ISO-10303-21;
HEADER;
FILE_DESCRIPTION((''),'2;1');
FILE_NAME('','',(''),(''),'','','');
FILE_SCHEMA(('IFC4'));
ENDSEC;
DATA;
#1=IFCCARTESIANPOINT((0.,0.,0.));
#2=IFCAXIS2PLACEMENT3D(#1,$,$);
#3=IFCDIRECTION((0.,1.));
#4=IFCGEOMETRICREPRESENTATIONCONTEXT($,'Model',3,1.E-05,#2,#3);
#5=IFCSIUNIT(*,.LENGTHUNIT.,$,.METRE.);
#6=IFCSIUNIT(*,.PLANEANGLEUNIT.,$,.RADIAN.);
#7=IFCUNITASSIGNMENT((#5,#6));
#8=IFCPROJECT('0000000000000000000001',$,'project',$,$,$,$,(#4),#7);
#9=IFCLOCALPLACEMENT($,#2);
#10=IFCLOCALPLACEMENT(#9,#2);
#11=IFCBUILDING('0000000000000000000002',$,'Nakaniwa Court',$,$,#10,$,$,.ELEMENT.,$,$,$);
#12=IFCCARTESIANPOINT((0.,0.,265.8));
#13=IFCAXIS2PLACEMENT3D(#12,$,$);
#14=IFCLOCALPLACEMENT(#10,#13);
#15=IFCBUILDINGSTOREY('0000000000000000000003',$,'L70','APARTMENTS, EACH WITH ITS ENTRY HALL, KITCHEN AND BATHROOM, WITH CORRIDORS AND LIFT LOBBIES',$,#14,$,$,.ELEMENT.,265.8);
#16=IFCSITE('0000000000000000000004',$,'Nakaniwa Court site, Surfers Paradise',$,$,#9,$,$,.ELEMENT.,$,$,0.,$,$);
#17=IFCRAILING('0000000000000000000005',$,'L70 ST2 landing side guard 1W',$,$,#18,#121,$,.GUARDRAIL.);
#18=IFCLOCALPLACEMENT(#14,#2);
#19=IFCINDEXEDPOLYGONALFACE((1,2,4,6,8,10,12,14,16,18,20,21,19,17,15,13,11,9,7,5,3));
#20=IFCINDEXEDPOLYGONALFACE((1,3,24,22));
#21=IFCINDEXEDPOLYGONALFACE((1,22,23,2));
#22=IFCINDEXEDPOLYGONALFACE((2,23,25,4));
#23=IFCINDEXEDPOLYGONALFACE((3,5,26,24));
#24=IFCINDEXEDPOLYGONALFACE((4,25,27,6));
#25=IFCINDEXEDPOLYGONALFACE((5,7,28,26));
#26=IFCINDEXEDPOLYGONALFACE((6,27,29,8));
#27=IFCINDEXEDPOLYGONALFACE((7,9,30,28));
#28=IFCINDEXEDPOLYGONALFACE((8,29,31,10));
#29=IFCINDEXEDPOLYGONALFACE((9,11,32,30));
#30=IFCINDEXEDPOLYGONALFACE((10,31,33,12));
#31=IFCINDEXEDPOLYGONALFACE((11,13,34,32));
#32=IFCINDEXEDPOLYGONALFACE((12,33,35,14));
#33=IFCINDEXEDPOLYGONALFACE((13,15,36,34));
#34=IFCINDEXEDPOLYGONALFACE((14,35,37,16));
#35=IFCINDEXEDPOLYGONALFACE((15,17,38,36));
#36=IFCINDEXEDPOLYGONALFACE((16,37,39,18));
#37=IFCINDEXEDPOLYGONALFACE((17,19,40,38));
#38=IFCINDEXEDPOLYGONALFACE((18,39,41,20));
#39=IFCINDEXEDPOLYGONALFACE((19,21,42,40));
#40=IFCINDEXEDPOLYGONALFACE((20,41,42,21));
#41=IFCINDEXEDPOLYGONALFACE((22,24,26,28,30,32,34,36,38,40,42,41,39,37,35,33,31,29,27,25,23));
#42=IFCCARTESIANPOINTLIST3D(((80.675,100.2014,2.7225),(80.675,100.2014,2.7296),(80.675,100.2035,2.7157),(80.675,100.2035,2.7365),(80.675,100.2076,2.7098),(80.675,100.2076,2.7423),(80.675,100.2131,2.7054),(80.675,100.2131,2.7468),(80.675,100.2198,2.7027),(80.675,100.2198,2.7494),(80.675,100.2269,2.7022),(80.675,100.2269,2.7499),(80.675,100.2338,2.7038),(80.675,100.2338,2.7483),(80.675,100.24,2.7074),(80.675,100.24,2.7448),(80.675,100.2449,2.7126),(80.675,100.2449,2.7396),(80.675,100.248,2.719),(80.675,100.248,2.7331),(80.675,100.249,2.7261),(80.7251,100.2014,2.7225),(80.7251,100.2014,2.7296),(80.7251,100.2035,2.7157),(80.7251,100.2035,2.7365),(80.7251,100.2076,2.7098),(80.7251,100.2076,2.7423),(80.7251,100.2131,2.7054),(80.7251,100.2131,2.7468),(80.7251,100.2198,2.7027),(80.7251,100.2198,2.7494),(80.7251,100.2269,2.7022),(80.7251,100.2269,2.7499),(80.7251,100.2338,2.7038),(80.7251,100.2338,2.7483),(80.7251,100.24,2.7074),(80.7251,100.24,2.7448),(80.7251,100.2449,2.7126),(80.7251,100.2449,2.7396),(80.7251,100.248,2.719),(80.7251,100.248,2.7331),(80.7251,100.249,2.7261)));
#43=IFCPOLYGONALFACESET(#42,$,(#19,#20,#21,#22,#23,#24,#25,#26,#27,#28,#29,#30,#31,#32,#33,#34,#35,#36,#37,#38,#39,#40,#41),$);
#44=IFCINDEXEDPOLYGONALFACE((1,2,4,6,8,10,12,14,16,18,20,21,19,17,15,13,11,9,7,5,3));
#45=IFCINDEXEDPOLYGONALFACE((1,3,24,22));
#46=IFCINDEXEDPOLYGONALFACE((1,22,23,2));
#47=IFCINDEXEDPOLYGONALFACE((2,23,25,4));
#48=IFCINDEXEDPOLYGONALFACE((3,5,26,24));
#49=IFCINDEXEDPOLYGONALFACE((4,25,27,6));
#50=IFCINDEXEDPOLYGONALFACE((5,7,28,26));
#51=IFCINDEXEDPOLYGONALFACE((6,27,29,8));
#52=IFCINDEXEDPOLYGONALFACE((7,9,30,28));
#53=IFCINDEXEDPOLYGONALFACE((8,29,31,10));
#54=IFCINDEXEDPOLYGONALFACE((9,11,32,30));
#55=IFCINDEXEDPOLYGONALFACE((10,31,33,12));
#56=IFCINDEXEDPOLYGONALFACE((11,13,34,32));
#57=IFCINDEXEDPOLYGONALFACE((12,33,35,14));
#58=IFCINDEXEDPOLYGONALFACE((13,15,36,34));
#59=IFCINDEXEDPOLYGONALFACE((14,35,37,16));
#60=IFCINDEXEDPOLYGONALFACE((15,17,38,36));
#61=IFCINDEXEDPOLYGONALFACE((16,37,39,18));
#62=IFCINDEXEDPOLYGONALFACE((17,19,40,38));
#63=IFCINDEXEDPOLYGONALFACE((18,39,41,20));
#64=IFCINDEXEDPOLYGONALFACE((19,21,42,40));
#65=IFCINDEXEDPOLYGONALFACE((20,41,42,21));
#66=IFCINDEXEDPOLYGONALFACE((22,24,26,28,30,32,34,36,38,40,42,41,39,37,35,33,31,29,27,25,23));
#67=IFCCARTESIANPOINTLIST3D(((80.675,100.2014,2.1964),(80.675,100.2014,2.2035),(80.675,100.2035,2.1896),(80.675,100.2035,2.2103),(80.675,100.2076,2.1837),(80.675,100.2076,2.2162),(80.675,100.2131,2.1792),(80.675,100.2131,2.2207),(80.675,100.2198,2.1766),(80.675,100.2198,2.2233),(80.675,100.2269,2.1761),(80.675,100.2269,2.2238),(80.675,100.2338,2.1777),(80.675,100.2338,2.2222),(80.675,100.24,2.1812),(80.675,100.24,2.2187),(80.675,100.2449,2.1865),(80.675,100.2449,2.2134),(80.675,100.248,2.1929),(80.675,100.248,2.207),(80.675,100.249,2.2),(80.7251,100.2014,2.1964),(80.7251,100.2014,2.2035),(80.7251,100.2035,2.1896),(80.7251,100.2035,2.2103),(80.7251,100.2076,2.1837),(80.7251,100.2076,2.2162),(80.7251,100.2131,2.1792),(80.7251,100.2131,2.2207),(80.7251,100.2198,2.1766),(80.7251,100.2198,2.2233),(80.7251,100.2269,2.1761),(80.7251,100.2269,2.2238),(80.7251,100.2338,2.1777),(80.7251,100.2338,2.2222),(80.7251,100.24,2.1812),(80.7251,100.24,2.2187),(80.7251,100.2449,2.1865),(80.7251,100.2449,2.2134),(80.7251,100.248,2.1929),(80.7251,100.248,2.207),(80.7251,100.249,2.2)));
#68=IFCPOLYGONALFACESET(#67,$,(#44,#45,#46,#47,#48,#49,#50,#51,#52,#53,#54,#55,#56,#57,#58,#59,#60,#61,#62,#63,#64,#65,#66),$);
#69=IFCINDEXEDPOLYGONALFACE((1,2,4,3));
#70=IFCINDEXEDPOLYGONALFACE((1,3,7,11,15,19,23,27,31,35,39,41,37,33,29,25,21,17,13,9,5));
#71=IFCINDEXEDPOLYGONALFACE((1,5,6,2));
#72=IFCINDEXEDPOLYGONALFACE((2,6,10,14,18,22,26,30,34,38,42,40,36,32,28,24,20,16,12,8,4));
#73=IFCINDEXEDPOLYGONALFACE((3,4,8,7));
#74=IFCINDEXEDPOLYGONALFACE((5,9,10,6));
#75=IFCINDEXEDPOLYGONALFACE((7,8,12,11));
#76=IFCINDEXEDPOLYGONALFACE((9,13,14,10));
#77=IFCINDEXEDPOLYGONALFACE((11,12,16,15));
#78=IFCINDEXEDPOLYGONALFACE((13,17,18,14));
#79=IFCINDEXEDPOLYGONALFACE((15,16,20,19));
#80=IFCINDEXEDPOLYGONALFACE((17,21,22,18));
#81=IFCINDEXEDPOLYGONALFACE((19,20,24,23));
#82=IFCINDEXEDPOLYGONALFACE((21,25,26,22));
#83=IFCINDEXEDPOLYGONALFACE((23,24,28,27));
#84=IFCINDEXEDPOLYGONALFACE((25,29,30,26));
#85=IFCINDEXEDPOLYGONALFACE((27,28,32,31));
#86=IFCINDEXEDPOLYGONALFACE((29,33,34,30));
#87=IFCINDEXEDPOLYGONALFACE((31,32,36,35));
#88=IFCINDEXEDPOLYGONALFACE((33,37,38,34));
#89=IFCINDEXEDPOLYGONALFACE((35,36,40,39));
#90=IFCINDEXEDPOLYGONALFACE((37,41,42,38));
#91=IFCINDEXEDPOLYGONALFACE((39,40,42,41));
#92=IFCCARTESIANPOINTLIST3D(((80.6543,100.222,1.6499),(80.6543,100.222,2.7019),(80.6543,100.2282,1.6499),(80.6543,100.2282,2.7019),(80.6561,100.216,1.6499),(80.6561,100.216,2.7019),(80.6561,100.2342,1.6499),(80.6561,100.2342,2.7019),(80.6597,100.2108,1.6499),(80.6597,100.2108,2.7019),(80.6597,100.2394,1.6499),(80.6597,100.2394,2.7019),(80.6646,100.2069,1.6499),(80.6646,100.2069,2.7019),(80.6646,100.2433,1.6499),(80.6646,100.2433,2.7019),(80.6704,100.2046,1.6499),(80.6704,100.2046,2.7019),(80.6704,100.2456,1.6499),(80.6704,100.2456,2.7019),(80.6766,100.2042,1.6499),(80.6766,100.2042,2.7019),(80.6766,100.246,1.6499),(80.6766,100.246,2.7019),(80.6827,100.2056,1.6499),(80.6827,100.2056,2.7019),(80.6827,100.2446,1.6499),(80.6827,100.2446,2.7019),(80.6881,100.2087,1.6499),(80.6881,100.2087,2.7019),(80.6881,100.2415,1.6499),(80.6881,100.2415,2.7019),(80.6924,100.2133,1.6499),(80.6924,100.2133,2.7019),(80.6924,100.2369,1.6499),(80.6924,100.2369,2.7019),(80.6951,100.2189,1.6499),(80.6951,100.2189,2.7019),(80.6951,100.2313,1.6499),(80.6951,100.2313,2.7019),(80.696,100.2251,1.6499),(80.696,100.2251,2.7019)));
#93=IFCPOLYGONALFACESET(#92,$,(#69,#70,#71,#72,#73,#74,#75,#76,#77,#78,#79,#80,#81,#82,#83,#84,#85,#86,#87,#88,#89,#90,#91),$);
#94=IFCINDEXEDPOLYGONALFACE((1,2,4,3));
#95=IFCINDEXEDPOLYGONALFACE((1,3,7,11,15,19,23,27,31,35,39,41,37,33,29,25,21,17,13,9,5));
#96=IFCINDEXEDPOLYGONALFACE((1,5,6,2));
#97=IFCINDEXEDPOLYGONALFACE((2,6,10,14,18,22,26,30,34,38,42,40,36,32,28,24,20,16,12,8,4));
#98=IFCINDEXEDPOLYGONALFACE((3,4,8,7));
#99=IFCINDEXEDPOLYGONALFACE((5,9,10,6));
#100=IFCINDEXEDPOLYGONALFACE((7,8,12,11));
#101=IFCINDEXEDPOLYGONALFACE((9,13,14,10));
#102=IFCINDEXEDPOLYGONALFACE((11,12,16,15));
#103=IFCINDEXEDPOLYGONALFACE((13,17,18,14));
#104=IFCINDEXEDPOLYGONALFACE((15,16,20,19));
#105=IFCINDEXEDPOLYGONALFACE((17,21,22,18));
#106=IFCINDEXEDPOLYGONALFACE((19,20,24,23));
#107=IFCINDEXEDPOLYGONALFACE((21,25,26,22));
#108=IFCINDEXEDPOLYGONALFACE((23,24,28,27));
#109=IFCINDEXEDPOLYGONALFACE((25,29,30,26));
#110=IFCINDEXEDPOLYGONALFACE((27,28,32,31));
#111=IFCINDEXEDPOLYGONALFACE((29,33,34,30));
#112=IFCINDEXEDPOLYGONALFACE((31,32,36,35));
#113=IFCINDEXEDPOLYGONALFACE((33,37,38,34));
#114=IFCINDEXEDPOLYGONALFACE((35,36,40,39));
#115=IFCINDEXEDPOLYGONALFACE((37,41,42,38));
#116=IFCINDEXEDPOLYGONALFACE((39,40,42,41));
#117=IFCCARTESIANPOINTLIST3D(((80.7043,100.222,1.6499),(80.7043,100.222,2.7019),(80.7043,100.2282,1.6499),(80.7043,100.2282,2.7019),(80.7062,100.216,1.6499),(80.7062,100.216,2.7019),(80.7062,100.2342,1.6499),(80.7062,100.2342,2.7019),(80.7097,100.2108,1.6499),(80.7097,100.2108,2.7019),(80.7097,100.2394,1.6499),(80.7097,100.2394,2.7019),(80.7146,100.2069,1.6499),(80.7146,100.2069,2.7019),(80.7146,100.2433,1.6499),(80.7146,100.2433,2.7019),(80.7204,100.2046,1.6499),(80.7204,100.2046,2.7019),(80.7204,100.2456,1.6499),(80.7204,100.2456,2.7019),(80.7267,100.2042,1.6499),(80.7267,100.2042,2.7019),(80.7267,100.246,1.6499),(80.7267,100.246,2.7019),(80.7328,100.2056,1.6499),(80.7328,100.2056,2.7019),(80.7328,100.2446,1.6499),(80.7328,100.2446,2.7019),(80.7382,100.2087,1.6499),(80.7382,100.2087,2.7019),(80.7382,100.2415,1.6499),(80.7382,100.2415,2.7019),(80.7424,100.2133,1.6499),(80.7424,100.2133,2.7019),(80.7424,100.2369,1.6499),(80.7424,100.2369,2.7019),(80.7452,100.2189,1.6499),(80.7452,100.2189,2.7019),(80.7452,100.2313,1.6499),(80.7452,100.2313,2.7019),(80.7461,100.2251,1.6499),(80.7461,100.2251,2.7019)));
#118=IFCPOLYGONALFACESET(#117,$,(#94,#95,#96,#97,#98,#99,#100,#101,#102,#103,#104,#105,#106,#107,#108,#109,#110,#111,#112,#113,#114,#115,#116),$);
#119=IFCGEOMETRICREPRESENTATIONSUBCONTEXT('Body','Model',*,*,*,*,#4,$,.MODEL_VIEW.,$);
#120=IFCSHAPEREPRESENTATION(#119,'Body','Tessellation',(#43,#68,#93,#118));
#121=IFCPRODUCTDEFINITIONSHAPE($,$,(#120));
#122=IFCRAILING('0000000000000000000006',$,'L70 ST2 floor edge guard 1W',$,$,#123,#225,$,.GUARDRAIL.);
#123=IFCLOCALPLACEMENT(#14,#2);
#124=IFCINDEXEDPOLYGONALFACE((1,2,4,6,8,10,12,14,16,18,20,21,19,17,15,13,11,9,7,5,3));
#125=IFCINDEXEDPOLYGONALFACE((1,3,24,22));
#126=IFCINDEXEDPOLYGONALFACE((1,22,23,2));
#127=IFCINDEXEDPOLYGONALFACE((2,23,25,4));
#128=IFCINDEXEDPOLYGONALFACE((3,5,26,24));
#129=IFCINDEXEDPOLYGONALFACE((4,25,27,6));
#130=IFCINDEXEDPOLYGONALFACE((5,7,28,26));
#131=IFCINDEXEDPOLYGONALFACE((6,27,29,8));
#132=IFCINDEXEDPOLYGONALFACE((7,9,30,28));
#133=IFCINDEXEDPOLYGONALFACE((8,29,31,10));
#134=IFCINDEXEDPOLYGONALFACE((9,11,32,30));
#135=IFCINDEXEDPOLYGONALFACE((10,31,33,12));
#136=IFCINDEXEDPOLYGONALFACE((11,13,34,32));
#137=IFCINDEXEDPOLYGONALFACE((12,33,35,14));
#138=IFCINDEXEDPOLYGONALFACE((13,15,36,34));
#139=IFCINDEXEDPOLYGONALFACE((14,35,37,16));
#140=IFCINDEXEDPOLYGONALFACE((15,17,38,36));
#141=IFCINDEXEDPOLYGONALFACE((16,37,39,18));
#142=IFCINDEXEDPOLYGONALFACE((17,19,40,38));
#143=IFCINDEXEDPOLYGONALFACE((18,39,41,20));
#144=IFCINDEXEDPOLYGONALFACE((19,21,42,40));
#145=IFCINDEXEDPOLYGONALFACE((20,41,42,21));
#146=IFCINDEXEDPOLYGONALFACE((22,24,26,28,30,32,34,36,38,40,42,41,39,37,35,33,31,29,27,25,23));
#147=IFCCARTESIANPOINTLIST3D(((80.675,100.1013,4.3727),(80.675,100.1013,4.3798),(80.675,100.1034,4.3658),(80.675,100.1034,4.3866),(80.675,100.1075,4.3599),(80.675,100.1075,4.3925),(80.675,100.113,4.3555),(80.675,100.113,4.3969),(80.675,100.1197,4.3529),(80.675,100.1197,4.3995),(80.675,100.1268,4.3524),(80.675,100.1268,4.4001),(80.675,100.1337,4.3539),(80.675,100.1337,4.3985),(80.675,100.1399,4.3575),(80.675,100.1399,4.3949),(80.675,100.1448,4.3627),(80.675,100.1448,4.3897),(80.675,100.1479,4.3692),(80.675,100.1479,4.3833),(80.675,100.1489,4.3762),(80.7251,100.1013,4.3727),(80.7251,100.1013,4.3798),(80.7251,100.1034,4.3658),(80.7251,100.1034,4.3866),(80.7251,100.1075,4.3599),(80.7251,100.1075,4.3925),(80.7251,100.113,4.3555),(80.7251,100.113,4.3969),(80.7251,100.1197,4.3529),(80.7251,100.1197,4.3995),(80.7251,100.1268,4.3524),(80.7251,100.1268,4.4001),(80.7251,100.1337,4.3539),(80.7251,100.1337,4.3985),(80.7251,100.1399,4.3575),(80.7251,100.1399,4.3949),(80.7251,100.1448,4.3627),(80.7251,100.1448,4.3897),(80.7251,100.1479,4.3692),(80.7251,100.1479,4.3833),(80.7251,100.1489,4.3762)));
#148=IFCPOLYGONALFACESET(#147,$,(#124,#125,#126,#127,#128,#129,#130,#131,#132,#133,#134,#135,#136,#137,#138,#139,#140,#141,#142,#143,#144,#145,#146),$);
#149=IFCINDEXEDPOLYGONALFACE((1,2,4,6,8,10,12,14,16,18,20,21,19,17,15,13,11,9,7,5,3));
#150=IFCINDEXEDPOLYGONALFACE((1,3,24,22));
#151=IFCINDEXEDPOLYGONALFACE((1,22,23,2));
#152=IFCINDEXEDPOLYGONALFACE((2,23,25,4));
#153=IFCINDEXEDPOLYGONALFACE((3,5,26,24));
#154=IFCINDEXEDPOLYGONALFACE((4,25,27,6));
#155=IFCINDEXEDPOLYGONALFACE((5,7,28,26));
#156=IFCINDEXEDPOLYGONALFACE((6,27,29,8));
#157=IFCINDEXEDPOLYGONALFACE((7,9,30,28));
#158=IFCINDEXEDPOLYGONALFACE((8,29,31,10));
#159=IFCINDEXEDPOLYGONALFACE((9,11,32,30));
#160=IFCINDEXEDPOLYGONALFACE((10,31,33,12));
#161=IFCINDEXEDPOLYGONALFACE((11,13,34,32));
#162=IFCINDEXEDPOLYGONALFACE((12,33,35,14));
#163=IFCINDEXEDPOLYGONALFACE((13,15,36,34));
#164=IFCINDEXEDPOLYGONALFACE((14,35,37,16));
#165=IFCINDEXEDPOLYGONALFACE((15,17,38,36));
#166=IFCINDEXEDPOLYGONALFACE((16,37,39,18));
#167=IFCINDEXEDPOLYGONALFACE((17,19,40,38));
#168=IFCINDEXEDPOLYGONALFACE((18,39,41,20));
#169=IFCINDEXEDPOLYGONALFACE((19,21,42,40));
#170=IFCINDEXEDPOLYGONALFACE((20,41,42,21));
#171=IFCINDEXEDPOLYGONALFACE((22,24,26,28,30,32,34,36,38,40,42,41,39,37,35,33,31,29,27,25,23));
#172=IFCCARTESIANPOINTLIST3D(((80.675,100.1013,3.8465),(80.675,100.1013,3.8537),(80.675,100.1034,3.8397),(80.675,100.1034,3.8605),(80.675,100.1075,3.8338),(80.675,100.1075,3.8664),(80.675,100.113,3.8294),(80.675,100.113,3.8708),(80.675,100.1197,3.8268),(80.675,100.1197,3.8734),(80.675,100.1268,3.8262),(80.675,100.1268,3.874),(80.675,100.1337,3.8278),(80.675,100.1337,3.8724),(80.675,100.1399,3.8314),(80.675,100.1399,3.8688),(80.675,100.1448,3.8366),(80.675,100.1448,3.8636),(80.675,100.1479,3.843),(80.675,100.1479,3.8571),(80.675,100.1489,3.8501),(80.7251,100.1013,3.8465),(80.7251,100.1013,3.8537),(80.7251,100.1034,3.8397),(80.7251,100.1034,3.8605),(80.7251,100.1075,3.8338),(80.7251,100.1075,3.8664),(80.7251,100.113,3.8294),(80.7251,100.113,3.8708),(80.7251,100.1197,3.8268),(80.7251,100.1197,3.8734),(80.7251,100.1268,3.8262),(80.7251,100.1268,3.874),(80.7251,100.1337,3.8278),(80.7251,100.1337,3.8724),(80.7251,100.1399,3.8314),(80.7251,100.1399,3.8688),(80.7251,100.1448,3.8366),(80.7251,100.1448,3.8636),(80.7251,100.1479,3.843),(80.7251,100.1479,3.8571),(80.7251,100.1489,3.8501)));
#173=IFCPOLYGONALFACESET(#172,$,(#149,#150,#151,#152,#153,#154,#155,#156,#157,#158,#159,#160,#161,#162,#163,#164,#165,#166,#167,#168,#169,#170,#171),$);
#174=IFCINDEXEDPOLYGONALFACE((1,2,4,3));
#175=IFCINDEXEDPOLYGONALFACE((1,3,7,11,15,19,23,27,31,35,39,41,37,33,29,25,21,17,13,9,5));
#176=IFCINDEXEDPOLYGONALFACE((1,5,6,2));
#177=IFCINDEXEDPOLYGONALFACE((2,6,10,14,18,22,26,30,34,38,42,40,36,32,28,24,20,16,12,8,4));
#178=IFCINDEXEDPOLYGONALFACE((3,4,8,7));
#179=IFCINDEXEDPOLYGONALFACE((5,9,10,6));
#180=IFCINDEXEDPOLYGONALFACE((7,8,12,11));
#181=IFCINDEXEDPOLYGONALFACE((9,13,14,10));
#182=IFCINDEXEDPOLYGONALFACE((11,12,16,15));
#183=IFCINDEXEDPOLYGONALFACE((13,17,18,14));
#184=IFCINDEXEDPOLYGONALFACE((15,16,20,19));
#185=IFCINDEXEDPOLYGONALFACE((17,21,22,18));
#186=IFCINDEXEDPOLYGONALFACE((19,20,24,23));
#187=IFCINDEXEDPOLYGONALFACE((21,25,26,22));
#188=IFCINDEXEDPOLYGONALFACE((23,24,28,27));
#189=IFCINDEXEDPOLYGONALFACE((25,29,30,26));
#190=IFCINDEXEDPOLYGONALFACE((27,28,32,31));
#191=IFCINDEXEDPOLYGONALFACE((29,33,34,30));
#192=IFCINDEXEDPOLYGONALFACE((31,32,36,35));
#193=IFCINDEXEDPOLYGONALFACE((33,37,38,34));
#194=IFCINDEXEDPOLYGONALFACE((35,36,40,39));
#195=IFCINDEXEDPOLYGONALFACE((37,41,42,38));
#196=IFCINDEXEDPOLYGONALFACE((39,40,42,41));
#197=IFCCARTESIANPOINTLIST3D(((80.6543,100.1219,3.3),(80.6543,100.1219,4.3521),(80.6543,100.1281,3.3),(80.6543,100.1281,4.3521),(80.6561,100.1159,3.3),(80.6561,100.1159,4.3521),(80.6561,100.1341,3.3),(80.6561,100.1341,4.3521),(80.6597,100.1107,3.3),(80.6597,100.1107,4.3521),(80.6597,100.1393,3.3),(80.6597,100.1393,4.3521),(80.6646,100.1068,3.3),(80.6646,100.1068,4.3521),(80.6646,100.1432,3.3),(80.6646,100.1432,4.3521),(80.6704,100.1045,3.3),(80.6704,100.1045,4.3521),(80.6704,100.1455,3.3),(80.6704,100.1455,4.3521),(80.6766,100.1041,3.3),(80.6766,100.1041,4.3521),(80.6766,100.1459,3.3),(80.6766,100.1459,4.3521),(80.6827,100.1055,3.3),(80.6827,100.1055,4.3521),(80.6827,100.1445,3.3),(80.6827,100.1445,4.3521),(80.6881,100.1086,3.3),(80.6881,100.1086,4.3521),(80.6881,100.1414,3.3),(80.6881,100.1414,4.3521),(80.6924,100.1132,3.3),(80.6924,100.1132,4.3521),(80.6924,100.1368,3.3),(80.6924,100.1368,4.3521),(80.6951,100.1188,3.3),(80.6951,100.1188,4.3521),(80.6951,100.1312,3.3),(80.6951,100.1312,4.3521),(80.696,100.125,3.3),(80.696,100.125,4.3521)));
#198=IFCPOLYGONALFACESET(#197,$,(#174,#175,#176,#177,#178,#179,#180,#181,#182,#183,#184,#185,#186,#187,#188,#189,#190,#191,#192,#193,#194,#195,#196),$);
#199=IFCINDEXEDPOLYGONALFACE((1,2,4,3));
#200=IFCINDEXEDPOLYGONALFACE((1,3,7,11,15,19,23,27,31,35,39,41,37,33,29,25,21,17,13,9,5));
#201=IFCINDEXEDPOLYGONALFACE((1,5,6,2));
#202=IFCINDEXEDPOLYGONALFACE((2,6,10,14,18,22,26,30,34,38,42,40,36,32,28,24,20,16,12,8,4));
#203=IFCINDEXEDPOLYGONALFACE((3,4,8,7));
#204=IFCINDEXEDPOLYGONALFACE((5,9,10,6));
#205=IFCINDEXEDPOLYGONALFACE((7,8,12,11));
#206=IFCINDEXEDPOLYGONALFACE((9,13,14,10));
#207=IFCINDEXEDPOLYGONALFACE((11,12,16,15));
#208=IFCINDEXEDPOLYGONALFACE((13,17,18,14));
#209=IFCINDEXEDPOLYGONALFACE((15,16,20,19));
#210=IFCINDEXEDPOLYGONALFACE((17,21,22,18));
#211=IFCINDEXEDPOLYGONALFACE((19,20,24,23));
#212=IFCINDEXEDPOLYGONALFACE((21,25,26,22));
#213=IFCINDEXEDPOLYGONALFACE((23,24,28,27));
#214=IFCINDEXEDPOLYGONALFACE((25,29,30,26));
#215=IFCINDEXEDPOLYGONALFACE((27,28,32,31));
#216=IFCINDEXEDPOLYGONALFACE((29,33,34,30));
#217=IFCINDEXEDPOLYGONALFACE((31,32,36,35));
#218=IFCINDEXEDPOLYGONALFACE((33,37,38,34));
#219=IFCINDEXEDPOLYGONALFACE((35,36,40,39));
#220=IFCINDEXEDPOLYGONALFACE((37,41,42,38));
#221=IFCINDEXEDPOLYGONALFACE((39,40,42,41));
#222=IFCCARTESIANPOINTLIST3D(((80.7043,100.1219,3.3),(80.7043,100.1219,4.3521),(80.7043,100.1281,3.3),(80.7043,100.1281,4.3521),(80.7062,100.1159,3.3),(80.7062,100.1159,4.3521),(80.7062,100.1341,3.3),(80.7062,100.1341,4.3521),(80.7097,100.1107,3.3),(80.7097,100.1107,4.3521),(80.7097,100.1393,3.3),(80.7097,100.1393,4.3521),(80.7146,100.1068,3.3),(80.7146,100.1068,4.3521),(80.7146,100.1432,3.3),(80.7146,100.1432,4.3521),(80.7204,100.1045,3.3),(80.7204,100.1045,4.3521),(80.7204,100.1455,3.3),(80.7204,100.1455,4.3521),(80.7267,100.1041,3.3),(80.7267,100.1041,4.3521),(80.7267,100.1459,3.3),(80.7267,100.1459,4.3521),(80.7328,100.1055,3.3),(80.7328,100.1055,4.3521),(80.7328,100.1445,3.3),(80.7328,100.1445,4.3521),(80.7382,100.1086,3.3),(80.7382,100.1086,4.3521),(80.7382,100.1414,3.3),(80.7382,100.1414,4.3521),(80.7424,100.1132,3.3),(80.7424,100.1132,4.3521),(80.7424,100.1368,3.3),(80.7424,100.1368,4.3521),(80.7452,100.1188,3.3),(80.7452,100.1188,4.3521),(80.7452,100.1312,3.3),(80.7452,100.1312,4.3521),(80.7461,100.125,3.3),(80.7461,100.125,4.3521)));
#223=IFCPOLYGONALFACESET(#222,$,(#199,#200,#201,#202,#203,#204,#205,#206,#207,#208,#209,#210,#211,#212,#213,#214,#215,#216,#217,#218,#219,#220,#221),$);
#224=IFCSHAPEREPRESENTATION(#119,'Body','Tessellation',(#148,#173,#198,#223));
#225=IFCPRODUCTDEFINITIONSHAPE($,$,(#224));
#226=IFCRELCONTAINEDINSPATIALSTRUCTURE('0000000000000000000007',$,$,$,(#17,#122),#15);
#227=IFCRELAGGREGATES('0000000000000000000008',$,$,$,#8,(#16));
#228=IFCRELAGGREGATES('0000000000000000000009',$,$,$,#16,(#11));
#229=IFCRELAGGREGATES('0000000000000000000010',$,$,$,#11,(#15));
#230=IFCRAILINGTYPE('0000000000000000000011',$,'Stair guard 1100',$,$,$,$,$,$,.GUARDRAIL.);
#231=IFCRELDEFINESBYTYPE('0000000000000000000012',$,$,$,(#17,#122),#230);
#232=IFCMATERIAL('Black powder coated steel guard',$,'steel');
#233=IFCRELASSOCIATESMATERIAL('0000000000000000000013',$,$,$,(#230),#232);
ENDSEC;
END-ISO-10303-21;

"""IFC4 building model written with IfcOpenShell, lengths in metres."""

from ifc_helpers import new_model, si_unit, direction, frame, origin, origin_2d, place, context, subcontext, project, spatial, circle, extrude, material, type_object, element, save


model = new_model("IFC4")

# Units and contexts
model_context = context("Model", 3, precision=1e-05, world=origin(), true_north=direction((0.0, 1.0)))
body_context = subcontext(model_context, "Body", "Model", "MODEL_VIEW")
ifc_project = project(units=[si_unit("LENGTHUNIT", "METRE"), si_unit("PLANEANGLEUNIT", "RADIAN")], contexts=[model_context])

# Site, building, storey
site_placement = place(None, origin())
site = spatial("IfcSite", under=ifc_project, at=site_placement, Name="Nakaniwa Court site, Surfers Paradise", CompositionType="ELEMENT", RefElevation=0.0)
building_placement = place(site_placement, origin())
building = spatial("IfcBuilding", under=site, at=building_placement, Name="Nakaniwa Court", CompositionType="ELEMENT")
storey_placement = place(building_placement, frame((0.0, 0.0, 265.8)))
storey = spatial("IfcBuildingStorey", under=building, at=storey_placement, Name="L70", Description="APARTMENTS, EACH WITH ITS ENTRY HALL, KITCHEN AND BATHROOM, WITH CORRIDORS AND LIFT LOBBIES", CompositionType="ELEMENT", Elevation=265.8)

# Railings
ifc_material_1 = material(Name="Black powder coated steel guard", Category="steel")
railing_type_1 = type_object("IfcRailingType", Name="Stair guard 1100", PredefinedType="GUARDRAIL", material=ifc_material_1)
for number, where, name in (
    (1, (80.675, 100.2251, 1.6499), "L70 ST2 landing side guard 1W"),
    (2, (80.675, 100.125, 3.3), "L70 ST2 floor edge guard 1W"),
):
    element("IfcRailing", number, at=place(storey_placement, frame(where)), inside=storey, type_object=railing_type_1, Name=name, PredefinedType="GUARDRAIL", context=body_context, shape_type="SweptSolid", body=[
        extrude(circle(Radius=0.0239, at=origin_2d()), frame((0.0, 0.0, 1.0762), z_axis=(1.0, 0.0, 0.0), x_axis=(0.0, 1.0, 0.0)), (0.0, 0.0, 1.0), 0.05),
        extrude(circle(Radius=0.0239, at=origin_2d()), frame((0.0, 0.0, 0.55), z_axis=(1.0, 0.0, 0.0), x_axis=(0.0, 1.0, 0.0)), (0.0, 0.0, 1.0), 0.05),
        extrude(circle(Radius=0.021, at=origin_2d()), origin(), (0.0, 0.0, 1.0), 1.052),
        extrude(circle(Radius=0.021, at=origin_2d()), frame((0.05, 0.0, 0.0)), (0.0, 0.0, 1.0), 1.052),
    ])

save(model, "model.ifc")
